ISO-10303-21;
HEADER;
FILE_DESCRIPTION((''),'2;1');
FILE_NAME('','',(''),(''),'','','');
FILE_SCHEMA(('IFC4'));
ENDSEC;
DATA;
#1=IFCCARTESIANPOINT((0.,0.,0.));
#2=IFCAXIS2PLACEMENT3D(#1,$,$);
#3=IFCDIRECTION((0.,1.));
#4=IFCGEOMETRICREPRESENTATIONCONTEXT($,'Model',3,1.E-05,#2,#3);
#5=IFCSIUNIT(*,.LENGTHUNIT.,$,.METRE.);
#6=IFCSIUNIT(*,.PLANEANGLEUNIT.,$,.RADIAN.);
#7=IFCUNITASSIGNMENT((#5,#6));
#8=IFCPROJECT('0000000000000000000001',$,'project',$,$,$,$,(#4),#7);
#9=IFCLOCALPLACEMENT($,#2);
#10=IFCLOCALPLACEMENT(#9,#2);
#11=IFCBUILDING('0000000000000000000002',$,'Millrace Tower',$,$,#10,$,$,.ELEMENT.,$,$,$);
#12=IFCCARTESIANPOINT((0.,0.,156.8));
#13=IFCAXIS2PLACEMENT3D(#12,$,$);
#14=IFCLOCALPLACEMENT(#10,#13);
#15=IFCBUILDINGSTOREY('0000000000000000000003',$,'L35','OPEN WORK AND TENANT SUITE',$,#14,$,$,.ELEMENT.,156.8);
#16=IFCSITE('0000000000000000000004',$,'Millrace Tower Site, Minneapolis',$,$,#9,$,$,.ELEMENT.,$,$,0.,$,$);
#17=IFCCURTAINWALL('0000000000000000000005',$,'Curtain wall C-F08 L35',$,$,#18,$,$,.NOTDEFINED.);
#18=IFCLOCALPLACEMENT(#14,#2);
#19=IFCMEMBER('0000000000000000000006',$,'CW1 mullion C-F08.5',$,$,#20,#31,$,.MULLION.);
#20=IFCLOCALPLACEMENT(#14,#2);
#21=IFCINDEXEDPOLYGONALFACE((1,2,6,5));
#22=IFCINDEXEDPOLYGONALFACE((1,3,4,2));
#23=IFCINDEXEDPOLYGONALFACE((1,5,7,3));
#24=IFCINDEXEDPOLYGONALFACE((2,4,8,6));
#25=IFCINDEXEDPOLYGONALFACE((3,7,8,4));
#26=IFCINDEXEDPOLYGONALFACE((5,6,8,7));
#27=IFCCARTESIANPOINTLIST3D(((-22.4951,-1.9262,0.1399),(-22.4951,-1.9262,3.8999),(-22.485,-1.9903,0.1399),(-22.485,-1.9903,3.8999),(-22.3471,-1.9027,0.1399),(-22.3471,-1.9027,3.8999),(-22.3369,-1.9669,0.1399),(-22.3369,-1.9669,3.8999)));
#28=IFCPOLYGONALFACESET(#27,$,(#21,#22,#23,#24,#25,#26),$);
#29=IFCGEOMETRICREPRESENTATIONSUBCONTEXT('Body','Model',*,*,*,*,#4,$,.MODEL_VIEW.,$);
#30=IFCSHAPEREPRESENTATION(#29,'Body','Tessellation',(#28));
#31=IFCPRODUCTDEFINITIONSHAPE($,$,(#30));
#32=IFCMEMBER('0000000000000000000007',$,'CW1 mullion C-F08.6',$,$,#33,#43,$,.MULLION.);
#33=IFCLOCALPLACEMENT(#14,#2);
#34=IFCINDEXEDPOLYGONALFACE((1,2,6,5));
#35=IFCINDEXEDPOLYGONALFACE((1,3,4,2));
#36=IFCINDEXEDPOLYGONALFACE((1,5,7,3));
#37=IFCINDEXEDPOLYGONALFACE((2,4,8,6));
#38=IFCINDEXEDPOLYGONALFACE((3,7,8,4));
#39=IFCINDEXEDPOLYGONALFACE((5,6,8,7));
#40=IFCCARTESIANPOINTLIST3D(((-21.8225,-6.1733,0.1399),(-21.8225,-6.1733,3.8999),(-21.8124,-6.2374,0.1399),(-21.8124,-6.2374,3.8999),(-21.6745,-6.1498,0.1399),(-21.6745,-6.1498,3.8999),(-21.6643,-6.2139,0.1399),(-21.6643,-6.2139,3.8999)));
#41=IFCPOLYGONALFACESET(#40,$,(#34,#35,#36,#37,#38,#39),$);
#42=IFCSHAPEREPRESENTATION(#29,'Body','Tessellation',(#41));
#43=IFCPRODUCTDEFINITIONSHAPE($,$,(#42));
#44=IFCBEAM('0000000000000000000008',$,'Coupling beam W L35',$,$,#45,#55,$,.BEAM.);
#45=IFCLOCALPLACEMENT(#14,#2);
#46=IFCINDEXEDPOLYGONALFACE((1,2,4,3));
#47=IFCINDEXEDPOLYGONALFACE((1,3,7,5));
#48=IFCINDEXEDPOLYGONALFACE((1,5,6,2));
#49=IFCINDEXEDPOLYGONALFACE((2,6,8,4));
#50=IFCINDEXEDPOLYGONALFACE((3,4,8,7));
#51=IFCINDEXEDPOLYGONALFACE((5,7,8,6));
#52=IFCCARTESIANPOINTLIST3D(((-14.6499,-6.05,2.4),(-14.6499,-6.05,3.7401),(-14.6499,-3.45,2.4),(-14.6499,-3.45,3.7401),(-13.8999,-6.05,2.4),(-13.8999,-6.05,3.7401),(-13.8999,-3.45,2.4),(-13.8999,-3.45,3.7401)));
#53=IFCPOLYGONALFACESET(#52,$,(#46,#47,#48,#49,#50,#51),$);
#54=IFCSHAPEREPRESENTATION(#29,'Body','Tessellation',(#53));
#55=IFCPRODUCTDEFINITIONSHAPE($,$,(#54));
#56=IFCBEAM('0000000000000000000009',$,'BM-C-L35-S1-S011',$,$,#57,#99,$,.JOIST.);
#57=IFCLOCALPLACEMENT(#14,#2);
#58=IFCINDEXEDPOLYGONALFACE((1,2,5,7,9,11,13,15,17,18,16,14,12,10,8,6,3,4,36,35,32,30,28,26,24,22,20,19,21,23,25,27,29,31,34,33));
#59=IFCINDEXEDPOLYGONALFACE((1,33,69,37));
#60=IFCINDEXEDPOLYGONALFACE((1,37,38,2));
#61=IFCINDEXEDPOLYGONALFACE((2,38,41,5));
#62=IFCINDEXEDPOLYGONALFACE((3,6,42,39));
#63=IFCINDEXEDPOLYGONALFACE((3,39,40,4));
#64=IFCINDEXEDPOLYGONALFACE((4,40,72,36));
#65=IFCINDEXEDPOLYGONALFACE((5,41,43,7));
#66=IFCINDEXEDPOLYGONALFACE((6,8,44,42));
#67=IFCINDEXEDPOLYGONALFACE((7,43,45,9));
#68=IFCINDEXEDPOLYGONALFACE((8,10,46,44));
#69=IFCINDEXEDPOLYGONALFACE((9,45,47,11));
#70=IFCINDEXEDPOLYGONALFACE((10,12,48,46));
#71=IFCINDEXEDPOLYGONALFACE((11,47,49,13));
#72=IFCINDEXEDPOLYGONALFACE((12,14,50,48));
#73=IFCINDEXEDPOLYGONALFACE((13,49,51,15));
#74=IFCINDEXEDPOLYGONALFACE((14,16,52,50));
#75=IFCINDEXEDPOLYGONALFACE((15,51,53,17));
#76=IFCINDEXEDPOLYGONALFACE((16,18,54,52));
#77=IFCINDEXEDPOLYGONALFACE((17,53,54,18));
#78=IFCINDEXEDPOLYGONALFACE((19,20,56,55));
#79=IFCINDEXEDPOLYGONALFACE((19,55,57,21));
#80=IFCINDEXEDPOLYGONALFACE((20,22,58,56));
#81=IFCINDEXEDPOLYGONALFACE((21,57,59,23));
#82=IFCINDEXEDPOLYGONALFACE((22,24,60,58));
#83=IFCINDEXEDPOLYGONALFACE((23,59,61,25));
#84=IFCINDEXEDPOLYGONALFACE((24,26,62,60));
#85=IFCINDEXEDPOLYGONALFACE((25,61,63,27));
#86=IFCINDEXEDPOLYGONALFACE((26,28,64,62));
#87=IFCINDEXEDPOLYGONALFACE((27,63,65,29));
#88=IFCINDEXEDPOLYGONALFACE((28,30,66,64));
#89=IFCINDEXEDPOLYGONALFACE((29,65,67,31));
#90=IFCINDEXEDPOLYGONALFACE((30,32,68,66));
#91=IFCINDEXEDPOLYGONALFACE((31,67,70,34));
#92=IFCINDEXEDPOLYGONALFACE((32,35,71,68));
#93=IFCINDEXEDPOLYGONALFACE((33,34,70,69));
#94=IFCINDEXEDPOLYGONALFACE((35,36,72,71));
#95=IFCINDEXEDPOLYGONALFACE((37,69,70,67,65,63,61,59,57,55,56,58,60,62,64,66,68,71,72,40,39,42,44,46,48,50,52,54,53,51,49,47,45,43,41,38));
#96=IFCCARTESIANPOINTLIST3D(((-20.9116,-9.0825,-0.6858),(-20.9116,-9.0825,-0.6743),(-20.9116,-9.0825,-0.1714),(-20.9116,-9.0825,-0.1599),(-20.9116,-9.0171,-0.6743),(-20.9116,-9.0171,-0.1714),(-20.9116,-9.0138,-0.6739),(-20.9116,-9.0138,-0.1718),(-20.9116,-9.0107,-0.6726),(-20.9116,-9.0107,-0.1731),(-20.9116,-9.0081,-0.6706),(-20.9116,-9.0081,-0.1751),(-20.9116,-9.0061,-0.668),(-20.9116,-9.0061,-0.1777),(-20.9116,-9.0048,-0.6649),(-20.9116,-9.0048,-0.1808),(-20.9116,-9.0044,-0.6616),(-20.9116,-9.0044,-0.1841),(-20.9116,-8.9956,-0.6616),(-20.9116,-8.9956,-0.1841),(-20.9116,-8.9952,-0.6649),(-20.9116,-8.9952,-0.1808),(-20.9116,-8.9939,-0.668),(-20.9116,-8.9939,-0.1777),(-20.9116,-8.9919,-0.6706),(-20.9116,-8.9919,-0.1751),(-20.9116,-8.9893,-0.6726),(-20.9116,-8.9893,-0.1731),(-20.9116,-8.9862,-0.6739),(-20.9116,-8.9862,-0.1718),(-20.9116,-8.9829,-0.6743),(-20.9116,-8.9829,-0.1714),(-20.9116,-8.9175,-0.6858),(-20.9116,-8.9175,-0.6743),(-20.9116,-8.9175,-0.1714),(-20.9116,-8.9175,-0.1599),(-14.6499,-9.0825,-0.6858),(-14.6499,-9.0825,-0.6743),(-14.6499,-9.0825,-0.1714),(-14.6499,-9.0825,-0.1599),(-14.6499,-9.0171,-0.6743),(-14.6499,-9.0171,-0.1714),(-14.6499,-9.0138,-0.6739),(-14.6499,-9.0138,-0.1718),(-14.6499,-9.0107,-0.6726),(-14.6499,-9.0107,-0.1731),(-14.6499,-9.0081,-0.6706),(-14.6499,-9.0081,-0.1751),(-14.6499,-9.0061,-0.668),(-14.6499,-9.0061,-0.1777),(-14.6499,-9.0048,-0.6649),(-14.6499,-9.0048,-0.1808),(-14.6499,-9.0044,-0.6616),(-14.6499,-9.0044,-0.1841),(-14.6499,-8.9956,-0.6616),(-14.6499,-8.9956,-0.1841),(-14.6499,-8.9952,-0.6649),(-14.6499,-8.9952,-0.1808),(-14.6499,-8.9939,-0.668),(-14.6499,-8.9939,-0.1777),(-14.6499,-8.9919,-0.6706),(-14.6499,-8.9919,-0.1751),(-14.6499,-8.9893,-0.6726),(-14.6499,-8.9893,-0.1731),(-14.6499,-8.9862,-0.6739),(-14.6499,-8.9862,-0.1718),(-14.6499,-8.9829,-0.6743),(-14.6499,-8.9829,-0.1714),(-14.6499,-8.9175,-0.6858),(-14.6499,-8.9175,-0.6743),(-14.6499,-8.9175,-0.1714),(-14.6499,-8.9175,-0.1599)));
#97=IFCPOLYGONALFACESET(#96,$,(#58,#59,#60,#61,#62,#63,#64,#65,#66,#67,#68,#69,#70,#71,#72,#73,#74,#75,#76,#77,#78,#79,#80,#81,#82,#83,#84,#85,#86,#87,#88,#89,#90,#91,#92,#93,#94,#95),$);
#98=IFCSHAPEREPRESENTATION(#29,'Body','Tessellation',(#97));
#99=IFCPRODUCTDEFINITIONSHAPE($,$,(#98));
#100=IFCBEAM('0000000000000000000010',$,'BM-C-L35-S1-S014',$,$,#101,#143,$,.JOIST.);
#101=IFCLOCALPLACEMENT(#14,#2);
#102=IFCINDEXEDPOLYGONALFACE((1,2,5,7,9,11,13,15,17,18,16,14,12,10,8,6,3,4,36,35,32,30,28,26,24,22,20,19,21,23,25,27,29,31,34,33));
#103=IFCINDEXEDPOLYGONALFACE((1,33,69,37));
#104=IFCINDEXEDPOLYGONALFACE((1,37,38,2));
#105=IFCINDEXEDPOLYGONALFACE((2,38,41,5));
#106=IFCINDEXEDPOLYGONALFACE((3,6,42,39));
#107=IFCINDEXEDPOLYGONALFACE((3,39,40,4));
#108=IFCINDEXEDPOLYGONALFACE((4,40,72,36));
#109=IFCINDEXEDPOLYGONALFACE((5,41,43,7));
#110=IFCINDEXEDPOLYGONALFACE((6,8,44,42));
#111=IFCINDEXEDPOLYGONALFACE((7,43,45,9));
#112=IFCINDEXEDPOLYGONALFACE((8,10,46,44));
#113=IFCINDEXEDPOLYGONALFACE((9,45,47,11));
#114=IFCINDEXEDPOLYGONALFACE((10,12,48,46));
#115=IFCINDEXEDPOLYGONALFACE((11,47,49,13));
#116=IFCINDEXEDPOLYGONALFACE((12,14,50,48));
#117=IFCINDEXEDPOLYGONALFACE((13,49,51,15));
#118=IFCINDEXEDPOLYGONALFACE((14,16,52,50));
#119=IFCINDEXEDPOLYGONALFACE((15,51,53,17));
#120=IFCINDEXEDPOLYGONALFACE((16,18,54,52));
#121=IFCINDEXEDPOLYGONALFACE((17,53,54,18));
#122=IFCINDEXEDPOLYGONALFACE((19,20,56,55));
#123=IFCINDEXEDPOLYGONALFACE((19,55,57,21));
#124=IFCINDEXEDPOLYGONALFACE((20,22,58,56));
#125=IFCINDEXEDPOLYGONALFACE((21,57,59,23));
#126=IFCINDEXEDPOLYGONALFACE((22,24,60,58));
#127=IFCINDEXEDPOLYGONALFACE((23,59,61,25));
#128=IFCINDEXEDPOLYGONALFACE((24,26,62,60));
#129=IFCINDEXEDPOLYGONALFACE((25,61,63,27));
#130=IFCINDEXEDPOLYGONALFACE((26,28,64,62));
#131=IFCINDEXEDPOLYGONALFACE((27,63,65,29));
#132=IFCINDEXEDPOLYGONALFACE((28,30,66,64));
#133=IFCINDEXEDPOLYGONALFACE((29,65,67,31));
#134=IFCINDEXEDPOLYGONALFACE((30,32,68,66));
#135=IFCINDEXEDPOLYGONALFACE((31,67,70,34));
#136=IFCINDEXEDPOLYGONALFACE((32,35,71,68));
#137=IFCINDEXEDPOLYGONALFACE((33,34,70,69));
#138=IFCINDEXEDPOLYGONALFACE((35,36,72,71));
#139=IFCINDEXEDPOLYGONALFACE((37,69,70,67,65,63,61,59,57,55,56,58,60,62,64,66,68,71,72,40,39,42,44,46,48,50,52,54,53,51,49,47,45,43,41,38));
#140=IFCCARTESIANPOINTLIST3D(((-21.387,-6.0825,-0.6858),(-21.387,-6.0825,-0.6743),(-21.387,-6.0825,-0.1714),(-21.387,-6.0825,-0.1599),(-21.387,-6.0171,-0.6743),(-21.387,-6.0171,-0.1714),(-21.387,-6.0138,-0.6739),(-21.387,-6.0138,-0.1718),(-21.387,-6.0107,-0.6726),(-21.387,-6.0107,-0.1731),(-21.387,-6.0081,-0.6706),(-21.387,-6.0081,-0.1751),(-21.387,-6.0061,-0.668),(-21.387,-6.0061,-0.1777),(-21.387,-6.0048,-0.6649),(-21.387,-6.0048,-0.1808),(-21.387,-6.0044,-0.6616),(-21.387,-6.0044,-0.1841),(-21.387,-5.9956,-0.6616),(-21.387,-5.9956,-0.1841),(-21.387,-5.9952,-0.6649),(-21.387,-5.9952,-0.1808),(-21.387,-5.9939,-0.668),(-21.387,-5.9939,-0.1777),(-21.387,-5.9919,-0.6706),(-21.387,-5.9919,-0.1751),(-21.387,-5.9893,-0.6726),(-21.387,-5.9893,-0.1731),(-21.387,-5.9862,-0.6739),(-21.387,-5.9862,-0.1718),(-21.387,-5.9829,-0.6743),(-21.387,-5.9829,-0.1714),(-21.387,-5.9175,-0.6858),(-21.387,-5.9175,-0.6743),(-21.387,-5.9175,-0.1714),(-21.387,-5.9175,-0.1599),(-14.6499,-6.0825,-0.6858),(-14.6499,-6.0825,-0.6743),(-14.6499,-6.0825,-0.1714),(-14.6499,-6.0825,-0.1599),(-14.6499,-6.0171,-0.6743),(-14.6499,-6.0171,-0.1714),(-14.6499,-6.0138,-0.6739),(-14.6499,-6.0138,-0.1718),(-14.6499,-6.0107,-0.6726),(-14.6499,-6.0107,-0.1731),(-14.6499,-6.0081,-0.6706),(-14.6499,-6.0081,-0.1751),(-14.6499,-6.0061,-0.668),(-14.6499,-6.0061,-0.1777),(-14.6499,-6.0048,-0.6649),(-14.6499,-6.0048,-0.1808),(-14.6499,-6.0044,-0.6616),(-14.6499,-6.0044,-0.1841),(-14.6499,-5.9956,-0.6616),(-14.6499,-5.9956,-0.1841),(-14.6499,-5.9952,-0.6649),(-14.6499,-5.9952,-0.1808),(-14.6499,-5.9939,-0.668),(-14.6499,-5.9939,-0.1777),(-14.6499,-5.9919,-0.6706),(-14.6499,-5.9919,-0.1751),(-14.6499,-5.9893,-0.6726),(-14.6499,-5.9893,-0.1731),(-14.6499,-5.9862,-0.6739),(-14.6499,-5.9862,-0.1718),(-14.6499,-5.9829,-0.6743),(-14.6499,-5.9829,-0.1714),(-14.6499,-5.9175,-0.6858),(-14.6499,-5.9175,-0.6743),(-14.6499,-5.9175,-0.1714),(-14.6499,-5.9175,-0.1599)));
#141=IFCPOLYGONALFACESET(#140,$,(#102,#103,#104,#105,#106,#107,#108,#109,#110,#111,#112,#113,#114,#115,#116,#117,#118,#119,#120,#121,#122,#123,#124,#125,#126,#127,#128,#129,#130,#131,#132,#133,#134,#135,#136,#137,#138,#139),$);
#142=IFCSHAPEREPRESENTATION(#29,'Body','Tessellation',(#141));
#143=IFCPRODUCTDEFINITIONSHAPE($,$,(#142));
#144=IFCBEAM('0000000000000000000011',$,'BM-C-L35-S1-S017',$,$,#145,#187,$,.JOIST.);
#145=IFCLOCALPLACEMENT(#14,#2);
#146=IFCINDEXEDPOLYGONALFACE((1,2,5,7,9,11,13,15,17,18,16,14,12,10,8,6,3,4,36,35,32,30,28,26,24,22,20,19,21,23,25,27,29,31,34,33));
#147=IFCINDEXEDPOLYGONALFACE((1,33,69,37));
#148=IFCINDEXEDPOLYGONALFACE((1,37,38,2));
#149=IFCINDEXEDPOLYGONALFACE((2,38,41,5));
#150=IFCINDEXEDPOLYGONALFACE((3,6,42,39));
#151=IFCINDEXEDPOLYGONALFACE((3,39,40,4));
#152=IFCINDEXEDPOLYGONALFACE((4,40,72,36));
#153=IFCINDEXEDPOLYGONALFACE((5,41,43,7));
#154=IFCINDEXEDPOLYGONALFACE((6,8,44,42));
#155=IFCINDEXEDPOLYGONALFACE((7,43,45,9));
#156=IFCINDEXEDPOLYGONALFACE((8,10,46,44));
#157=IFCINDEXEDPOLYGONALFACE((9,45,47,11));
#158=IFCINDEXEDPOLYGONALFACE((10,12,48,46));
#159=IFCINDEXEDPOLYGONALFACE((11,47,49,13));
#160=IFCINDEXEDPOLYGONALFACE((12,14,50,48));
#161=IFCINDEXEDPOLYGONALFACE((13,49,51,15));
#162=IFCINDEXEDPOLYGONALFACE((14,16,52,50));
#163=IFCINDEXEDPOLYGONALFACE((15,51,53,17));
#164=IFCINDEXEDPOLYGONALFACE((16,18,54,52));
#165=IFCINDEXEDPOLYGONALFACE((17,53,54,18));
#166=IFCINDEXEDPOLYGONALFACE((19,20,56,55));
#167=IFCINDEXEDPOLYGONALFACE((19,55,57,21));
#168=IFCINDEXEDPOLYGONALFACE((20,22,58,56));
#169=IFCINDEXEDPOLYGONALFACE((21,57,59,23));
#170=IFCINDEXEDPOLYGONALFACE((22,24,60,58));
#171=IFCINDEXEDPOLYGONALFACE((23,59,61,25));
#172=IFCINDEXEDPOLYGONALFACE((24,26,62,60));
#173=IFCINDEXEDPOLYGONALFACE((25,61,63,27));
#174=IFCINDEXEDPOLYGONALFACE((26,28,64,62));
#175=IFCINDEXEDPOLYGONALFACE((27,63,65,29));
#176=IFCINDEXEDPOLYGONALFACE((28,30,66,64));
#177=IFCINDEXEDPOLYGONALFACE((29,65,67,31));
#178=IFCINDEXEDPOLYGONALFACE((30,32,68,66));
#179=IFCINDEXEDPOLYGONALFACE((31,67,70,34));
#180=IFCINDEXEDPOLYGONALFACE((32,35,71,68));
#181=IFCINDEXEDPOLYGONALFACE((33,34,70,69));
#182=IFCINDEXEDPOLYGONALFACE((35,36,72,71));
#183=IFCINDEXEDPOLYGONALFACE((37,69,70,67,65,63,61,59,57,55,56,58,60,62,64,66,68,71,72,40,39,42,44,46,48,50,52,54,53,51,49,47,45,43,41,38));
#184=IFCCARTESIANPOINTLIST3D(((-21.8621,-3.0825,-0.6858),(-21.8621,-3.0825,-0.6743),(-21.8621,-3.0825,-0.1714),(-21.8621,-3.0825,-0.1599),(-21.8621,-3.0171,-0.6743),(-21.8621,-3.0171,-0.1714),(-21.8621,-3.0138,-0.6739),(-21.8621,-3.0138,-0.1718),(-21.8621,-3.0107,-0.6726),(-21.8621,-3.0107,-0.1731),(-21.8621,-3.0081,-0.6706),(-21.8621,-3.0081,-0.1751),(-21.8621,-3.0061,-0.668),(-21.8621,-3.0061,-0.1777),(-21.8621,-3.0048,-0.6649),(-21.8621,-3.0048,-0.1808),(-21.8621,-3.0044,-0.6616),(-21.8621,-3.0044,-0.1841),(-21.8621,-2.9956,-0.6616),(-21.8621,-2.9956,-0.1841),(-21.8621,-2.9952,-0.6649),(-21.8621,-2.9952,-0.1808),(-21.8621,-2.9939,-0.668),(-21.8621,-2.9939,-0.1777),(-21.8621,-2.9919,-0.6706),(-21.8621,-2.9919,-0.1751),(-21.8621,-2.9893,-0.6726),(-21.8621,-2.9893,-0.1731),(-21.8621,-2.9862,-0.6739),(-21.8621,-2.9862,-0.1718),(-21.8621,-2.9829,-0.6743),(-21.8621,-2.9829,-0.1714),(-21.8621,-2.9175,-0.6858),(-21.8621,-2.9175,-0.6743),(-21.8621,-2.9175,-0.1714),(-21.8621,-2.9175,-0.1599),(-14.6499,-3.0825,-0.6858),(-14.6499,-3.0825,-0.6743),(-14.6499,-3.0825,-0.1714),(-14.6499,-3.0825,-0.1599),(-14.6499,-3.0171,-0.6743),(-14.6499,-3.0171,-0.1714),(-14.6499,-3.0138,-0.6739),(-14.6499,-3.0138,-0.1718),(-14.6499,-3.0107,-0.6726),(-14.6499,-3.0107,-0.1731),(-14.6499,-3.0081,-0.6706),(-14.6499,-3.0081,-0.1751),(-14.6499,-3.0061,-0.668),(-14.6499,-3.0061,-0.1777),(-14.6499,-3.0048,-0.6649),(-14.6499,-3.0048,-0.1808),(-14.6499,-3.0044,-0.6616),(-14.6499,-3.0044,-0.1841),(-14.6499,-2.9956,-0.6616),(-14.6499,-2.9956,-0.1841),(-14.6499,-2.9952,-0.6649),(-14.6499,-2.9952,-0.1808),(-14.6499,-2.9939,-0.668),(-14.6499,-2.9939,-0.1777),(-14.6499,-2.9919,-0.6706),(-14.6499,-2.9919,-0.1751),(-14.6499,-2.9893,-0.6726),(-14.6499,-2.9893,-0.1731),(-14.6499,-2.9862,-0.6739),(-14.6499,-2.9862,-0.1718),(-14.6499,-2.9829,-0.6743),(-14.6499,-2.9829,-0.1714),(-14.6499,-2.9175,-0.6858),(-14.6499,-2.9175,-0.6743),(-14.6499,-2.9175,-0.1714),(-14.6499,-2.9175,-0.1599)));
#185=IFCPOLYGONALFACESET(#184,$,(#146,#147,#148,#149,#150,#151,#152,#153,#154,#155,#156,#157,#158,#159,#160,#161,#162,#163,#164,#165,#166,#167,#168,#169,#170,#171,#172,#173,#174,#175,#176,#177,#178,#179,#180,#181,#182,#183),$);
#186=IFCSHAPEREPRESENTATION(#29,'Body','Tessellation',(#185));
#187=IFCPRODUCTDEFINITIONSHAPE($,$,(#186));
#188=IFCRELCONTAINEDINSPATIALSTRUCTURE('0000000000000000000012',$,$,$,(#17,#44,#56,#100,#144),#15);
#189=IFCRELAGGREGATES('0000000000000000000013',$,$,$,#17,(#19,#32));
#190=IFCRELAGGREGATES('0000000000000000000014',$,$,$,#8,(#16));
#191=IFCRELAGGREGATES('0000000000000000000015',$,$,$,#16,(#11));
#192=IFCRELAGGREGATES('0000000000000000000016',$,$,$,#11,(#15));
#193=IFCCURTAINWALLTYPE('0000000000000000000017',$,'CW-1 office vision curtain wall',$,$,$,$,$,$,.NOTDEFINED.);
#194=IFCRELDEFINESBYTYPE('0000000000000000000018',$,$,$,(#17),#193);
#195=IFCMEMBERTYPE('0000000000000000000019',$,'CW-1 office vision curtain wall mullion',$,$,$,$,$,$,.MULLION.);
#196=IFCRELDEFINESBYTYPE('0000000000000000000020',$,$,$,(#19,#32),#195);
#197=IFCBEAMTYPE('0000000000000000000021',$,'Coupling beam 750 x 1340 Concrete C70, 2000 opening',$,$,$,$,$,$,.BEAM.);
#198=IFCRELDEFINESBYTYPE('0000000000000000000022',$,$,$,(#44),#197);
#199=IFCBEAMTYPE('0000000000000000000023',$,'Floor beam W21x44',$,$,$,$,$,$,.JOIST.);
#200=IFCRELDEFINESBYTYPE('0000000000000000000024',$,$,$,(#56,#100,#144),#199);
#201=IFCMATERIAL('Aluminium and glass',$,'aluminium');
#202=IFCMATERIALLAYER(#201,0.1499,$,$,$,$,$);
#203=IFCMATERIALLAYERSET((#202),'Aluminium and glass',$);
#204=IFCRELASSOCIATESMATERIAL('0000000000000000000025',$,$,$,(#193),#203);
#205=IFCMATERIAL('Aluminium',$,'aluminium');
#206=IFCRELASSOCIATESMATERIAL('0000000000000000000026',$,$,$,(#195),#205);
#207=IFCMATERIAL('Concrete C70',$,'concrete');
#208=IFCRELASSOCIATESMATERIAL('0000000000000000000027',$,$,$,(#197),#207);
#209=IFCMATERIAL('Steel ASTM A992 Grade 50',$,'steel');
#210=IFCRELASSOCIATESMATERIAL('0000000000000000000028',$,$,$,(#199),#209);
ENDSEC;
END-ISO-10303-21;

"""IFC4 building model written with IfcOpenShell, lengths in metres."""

from ifc_helpers import new_model, si_unit, direction, frame, origin, origin_2d, place, context, subcontext, project, spatial, rectangle, i_section, extrude, material, layer, layer_set, material_profile, profile_set, type_object, element, aggregate, save


model = new_model("IFC4")

# Units and contexts
model_context = context("Model", 3, precision=1e-05, world=origin(), true_north=direction((0.0, 1.0)))
body_context = subcontext(model_context, "Body", "Model", "MODEL_VIEW")
ifc_project = project(units=[si_unit("LENGTHUNIT", "METRE"), si_unit("PLANEANGLEUNIT", "RADIAN")], contexts=[model_context])

# Site, building, storey
site_placement = place(None, origin())
site = spatial("IfcSite", under=ifc_project, at=site_placement, Name="Millrace Tower Site, Minneapolis", CompositionType="ELEMENT", RefElevation=0.0)
building_placement = place(site_placement, origin())
building = spatial("IfcBuilding", under=site, at=building_placement, Name="Millrace Tower", CompositionType="ELEMENT")
storey_placement = place(building_placement, frame((0.0, 0.0, 156.8)))
storey = spatial("IfcBuildingStorey", under=building, at=storey_placement, Name="L35", Description="OPEN WORK AND TENANT SUITE", CompositionType="ELEMENT", Elevation=156.8)

# Curtain wall, members
ifc_material_1 = material(Name="Aluminium and glass", Category="aluminium")
ifc_layer_1 = layer(ifc_material_1, 0.1499)
ifc_layer_set_1 = layer_set([ifc_layer_1], Name="Aluminium and glass")
curtain_wall_type = type_object("IfcCurtainWallType", Name="CW-1 office vision curtain wall", PredefinedType="NOTDEFINED", material=ifc_layer_set_1)
curtain_wall_placement = place(storey_placement, origin())
curtain_wall = element("IfcCurtainWall", 1, at=curtain_wall_placement, inside=storey, type_object=curtain_wall_type, Name="Curtain wall C-F08 L35", PredefinedType="NOTDEFINED")
ifc_material_2 = material(Name="Aluminium", Category="aluminium")
ifc_material_profile_1 = material_profile(ifc_material_2, rectangle(XDim=0.0649, YDim=0.1499, at=origin_2d()))
ifc_profile_set_1 = profile_set([ifc_material_profile_1], Name="Aluminium")
member_type = type_object("IfcMemberType", Name="CW-1 office vision curtain wall mullion", PredefinedType="MULLION", material=ifc_profile_set_1)
member_1_placement = place(storey_placement, frame((-22.416, -1.9465, 0.1399), z_axis=(0.0, 0.0, 1.0), x_axis=(0.156434, -0.987688, 0.0)))
member_1 = element("IfcMember", 2, at=member_1_placement, type_object=member_type, Name="CW1 mullion C-F08.5", PredefinedType="MULLION", context=body_context, shape_type="SweptSolid", body=[
    extrude(rectangle(XDim=0.0649, YDim=0.1499, at=origin_2d()), origin(), (0.0, 0.0, 1.0), 3.76),
])
member_2_placement = place(storey_placement, frame((-21.7434, -6.1936, 0.1399), z_axis=(0.0, 0.0, 1.0), x_axis=(0.156434, -0.987688, 0.0)))
member_2 = element("IfcMember", 3, at=member_2_placement, type_object=member_type, Name="CW1 mullion C-F08.6", PredefinedType="MULLION", context=body_context, shape_type="SweptSolid", body=[
    extrude(rectangle(XDim=0.0649, YDim=0.1499, at=origin_2d()), origin(), (0.0, 0.0, 1.0), 3.76),
])
aggregate(curtain_wall, [member_1, member_2])

# Beams
ifc_material_3 = material(Name="Concrete C70", Category="concrete")
ifc_material_profile_2 = material_profile(ifc_material_3, rectangle(XDim=0.75, YDim=1.3401, at=origin_2d()))
ifc_profile_set_2 = profile_set([ifc_material_profile_2], Name="Concrete C70")
beam_type_1 = type_object("IfcBeamType", Name="Coupling beam 750 x 1340 Concrete C70, 2000 opening", PredefinedType="BEAM", material=ifc_profile_set_2)
beam_1_placement = place(storey_placement, frame((-14.2749, -6.05, 3.0701), z_axis=(0.0, 1.0, 0.0), x_axis=(-1.0, 0.0, 0.0)))
element("IfcBeam", 4, at=beam_1_placement, inside=storey, type_object=beam_type_1, Name="Coupling beam W L35", PredefinedType="BEAM", context=body_context, shape_type="SweptSolid", body=[
    extrude(rectangle(XDim=0.75, YDim=1.3401, at=origin_2d()), origin(), (0.0, 0.0, 1.0), 2.6001),
])
ifc_material_4 = material(Name="Steel ASTM A992 Grade 50", Category="steel")
ifc_material_profile_3 = material_profile(ifc_material_4, i_section(OverallWidth=0.165, OverallDepth=0.5259, WebThickness=0.0088, FlangeThickness=0.0115, FilletRadius=0.0127, at=origin_2d()))
ifc_profile_set_3 = profile_set([ifc_material_profile_3], Name="Steel ASTM A992 Grade 50")
beam_type_2 = type_object("IfcBeamType", Name="Floor beam W21x44", PredefinedType="JOIST", material=ifc_profile_set_3)
beam_2_placement = place(storey_placement, frame((-20.9116, -9.0, -0.4229), z_axis=(1.0, 0.0, 0.0), x_axis=(0.0, 1.0, 0.0)))
element("IfcBeam", 5, at=beam_2_placement, inside=storey, type_object=beam_type_2, Name="BM-C-L35-S1-S011", PredefinedType="JOIST", context=body_context, shape_type="SweptSolid", body=[
    extrude(i_section(OverallWidth=0.165, OverallDepth=0.5259, WebThickness=0.0088, FlangeThickness=0.0115, FilletRadius=0.0127, at=origin_2d()), origin(), (0.0, 0.0, 1.0), 6.2617),
])
beam_3_placement = place(storey_placement, frame((-21.387, -6.0, -0.4229), z_axis=(1.0, 0.0, 0.0), x_axis=(0.0, 1.0, 0.0)))
element("IfcBeam", 6, at=beam_3_placement, inside=storey, type_object=beam_type_2, Name="BM-C-L35-S1-S014", PredefinedType="JOIST", context=body_context, shape_type="SweptSolid", body=[
    extrude(i_section(OverallWidth=0.165, OverallDepth=0.5259, WebThickness=0.0088, FlangeThickness=0.0115, FilletRadius=0.0127, at=origin_2d()), origin(), (0.0, 0.0, 1.0), 6.7371),
])
beam_4_placement = place(storey_placement, frame((-21.8621, -3.0, -0.4229), z_axis=(1.0, 0.0, 0.0), x_axis=(0.0, 1.0, 0.0)))
element("IfcBeam", 7, at=beam_4_placement, inside=storey, type_object=beam_type_2, Name="BM-C-L35-S1-S017", PredefinedType="JOIST", context=body_context, shape_type="SweptSolid", body=[
    extrude(i_section(OverallWidth=0.165, OverallDepth=0.5259, WebThickness=0.0088, FlangeThickness=0.0115, FilletRadius=0.0127, at=origin_2d()), origin(), (0.0, 0.0, 1.0), 7.2122),
])

save(model, "model.ifc")
